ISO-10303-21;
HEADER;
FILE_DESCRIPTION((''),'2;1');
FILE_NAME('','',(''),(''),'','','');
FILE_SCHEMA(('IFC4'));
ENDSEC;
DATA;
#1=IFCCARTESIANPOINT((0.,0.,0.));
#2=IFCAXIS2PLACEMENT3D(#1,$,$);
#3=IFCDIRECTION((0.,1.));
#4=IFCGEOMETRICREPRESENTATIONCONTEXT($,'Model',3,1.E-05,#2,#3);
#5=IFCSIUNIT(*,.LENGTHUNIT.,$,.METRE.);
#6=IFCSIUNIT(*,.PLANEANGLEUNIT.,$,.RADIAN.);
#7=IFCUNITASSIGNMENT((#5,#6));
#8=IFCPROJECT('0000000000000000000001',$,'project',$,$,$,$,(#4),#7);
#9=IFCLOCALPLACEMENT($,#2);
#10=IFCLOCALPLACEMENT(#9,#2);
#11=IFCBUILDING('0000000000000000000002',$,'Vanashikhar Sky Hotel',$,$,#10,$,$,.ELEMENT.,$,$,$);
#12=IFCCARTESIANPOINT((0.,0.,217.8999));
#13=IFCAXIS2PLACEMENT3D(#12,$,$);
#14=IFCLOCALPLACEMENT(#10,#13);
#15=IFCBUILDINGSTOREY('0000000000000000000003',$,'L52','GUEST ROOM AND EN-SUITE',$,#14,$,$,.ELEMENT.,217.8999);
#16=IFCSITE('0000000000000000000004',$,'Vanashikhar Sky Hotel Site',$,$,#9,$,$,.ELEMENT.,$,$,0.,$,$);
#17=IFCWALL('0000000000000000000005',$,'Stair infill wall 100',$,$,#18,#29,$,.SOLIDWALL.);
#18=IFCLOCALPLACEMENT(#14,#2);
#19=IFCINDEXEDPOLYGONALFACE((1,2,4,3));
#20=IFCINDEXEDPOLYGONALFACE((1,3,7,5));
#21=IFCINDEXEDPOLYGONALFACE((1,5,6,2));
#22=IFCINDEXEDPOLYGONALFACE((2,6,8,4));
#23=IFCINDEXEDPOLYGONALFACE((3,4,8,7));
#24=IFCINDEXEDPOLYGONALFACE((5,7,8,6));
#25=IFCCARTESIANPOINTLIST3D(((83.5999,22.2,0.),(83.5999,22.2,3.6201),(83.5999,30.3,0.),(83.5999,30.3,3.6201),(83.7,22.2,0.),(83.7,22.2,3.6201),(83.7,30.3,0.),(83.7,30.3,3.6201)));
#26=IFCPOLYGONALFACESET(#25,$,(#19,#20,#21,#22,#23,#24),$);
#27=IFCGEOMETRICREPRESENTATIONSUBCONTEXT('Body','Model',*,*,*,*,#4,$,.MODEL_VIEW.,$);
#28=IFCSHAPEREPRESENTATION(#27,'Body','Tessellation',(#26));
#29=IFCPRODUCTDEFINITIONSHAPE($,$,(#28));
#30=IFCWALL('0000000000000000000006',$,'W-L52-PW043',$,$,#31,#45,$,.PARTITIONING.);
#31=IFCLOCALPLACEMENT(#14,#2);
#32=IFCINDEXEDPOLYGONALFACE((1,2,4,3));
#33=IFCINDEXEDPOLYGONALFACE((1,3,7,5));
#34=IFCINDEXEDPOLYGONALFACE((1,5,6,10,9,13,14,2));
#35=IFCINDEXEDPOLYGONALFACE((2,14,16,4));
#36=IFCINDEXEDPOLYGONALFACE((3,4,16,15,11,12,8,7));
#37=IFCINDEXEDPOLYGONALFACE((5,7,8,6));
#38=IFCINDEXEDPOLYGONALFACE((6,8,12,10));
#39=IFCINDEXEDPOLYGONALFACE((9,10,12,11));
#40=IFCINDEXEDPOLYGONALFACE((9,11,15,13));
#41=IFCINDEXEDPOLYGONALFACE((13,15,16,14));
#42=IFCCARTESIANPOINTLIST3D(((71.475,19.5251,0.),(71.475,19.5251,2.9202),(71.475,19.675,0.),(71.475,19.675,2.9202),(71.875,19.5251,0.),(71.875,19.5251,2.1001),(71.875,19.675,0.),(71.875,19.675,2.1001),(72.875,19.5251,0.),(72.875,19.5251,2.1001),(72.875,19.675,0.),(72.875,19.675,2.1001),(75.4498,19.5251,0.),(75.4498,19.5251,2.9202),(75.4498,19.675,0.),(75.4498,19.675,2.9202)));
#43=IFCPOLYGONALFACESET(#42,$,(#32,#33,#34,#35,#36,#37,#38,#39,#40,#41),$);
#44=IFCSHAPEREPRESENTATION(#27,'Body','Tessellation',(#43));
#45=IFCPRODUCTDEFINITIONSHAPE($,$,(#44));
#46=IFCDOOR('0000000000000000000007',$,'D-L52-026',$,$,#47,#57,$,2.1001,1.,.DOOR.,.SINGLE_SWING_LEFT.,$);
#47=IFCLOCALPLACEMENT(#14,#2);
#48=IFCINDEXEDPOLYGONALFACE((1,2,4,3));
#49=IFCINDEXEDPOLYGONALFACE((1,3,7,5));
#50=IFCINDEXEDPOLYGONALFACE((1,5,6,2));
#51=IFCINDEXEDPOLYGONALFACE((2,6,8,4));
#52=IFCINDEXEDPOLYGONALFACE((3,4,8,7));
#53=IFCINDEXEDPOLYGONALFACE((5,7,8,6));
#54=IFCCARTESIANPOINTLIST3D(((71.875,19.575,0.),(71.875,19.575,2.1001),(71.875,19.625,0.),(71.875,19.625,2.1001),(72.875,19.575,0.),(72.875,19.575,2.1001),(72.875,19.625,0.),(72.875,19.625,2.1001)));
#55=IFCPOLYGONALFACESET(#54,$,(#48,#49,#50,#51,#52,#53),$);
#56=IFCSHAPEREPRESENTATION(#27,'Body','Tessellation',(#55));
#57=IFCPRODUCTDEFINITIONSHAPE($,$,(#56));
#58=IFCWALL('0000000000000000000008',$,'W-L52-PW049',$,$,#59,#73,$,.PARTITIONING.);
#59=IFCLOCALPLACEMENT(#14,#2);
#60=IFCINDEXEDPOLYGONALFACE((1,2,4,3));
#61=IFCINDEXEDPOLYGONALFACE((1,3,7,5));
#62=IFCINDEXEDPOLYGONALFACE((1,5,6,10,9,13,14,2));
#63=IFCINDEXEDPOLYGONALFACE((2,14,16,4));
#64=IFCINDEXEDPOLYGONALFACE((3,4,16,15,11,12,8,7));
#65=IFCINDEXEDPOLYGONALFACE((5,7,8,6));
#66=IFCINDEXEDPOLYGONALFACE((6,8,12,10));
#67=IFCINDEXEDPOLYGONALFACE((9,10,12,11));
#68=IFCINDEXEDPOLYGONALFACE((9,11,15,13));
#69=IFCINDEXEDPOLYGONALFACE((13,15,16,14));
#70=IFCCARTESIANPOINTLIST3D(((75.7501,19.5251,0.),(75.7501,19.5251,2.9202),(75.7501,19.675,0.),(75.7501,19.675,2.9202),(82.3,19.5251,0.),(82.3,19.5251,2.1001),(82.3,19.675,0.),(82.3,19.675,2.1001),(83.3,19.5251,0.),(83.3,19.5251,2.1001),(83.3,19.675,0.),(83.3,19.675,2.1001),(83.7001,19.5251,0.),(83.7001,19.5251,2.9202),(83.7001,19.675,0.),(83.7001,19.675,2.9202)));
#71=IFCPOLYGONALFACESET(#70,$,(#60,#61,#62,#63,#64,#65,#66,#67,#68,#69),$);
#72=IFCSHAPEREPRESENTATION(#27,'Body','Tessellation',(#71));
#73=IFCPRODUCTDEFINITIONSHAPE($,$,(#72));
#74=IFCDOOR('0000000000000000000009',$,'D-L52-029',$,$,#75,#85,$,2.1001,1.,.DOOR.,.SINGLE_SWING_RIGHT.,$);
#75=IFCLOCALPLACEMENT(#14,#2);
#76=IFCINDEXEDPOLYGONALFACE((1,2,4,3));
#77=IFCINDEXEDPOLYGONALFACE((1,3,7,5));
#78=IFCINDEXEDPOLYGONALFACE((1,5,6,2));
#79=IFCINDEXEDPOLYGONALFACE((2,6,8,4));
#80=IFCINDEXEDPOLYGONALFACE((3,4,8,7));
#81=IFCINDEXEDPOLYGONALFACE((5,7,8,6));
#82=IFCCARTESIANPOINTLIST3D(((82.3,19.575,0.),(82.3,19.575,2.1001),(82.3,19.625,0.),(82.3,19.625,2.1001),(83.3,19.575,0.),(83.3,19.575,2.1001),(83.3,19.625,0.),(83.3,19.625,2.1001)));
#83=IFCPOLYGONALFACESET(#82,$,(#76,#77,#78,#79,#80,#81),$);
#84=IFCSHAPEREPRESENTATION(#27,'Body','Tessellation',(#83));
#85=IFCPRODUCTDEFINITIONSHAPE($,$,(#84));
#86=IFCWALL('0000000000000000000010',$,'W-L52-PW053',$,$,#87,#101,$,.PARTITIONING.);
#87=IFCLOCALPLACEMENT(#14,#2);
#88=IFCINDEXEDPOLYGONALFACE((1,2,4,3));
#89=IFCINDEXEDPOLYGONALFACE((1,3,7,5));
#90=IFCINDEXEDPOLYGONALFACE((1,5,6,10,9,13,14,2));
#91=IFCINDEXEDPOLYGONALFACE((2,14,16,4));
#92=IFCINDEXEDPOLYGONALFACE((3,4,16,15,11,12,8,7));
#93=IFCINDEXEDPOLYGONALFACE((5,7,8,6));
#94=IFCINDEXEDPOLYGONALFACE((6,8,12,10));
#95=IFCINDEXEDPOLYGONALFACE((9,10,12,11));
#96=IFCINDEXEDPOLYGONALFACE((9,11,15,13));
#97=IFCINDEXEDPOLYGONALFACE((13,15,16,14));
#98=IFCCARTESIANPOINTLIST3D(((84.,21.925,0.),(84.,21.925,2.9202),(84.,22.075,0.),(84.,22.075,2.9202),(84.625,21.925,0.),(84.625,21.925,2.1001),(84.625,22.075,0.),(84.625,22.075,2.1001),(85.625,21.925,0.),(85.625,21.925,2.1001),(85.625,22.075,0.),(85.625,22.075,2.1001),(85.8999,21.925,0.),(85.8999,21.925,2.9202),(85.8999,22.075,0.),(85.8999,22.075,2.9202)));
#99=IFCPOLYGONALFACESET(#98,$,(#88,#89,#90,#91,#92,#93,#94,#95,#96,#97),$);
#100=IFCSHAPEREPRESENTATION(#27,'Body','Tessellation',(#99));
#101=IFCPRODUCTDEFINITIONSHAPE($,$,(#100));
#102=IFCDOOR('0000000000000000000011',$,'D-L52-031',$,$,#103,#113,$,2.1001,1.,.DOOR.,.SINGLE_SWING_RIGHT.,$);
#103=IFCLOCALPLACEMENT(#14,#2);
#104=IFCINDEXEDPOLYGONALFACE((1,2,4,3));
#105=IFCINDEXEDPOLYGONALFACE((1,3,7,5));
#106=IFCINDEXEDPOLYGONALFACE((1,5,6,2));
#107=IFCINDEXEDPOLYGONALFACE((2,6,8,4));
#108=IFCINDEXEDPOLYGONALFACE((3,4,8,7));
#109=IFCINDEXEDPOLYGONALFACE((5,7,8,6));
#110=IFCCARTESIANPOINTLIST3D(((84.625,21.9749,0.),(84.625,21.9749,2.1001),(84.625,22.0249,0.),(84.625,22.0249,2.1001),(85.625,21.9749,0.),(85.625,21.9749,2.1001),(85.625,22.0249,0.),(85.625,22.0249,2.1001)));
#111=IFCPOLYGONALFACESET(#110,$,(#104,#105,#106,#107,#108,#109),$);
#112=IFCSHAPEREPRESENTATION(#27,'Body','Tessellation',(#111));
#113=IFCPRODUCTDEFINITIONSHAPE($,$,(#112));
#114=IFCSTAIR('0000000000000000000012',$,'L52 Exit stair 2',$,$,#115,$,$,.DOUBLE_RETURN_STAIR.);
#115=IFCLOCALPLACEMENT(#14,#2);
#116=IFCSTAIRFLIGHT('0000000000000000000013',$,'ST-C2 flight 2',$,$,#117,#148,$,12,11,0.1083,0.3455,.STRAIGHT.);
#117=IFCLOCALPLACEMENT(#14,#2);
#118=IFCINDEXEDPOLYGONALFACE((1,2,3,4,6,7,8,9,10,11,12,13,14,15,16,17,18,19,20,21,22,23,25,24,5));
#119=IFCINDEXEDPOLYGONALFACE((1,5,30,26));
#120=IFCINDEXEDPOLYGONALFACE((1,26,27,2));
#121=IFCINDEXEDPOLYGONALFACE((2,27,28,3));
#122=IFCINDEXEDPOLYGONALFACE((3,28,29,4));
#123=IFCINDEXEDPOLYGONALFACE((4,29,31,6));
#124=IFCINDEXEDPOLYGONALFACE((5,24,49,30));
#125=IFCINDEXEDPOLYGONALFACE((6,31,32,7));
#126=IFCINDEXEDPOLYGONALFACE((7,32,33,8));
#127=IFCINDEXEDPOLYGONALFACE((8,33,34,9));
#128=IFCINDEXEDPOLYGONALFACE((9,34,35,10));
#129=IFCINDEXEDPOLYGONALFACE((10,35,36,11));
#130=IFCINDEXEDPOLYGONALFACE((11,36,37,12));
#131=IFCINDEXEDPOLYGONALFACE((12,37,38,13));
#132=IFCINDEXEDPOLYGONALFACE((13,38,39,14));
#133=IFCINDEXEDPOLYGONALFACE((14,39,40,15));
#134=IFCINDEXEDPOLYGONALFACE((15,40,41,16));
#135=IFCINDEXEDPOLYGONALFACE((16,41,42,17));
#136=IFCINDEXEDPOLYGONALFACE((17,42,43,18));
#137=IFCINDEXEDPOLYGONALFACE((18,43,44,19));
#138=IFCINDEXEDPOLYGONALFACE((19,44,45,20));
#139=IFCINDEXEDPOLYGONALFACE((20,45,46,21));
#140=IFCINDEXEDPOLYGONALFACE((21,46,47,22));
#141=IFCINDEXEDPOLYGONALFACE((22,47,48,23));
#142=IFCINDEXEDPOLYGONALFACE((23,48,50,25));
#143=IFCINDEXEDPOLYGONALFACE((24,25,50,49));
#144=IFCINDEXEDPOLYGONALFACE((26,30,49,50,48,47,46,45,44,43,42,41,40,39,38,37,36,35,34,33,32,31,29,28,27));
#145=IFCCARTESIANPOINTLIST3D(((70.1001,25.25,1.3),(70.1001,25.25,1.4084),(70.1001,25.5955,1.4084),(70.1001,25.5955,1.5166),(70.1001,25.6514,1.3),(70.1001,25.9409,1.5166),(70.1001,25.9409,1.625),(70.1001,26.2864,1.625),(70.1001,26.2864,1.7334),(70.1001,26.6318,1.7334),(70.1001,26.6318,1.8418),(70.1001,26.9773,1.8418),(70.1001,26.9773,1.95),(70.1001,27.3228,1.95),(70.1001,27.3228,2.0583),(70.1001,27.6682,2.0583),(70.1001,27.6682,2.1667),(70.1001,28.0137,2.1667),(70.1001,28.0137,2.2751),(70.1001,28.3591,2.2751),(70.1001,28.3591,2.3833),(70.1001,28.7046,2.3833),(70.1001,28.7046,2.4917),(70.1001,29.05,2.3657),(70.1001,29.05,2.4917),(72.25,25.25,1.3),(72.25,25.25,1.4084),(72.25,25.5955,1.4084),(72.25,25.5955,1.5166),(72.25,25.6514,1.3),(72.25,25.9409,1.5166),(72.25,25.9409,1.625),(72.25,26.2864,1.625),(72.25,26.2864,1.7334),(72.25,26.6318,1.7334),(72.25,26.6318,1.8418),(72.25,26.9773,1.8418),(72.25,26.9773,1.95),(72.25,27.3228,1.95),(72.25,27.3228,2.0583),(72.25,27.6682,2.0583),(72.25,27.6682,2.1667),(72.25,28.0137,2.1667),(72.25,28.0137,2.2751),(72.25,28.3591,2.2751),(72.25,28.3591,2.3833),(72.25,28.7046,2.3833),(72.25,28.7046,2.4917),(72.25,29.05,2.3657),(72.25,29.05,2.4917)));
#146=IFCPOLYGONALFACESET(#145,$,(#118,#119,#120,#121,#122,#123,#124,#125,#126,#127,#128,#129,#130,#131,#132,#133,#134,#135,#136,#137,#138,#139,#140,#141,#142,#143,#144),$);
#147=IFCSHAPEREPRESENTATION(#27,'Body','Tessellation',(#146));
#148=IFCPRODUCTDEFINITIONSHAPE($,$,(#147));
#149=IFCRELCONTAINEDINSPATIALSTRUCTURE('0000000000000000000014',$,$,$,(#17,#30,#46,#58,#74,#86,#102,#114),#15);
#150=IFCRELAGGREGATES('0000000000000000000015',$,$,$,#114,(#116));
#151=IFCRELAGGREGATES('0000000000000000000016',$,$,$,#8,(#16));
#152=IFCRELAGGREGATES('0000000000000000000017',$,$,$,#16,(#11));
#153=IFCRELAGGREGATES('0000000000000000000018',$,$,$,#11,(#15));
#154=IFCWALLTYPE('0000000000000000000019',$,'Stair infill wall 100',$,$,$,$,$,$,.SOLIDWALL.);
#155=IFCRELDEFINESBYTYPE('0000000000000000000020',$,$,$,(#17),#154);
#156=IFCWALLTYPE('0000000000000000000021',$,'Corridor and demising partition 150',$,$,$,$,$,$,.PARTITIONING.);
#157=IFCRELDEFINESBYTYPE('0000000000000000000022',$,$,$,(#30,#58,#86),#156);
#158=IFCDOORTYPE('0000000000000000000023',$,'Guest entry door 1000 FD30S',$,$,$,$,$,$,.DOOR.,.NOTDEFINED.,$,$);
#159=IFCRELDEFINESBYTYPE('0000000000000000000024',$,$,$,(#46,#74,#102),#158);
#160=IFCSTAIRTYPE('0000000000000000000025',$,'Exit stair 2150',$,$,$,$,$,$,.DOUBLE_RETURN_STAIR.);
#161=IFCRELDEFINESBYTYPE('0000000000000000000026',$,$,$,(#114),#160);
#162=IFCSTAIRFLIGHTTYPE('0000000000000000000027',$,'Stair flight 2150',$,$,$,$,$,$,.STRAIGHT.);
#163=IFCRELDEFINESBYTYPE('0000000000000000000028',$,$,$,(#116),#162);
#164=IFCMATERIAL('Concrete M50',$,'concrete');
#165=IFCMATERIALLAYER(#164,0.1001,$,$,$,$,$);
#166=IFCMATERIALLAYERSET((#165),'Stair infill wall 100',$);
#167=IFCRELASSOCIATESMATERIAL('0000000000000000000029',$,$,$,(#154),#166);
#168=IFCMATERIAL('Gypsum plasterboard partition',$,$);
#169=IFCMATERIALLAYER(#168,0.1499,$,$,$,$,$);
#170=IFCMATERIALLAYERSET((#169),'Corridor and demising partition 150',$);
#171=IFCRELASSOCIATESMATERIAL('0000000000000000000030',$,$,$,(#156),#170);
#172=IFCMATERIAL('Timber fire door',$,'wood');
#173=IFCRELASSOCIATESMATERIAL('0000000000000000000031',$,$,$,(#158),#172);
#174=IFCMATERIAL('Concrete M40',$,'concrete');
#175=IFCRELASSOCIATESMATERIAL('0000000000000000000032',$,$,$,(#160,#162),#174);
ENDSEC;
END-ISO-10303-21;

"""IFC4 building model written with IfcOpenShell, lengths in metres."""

from ifc_helpers import new_model, si_unit, direction, frame, frame_2d, origin, place, context, subcontext, project, spatial, polyline, rectangle, outline, extrude, source, transform, mapped, material, layer, layer_set, type_object, element, fill, aggregate, save


model = new_model("IFC4")

# Units and contexts
model_context = context("Model", 3, precision=1e-05, world=origin(), true_north=direction((0.0, 1.0)))
body_context = subcontext(model_context, "Body", "Model", "MODEL_VIEW")
ifc_project = project(units=[si_unit("LENGTHUNIT", "METRE"), si_unit("PLANEANGLEUNIT", "RADIAN")], contexts=[model_context])

# Site, building, storey
site_placement = place(None, origin())
site = spatial("IfcSite", under=ifc_project, at=site_placement, Name="Vanashikhar Sky Hotel Site", CompositionType="ELEMENT", RefElevation=0.0)
building_placement = place(site_placement, origin())
building = spatial("IfcBuilding", under=site, at=building_placement, Name="Vanashikhar Sky Hotel", CompositionType="ELEMENT")
storey_placement = place(building_placement, frame((0.0, 0.0, 217.8999)))
storey = spatial("IfcBuildingStorey", under=building, at=storey_placement, Name="L52", Description="GUEST ROOM AND EN-SUITE", CompositionType="ELEMENT", Elevation=217.8999)

# Shared definitions
ifc_material_1 = material(Name="Concrete M50", Category="concrete")

# Wall
ifc_layer_1 = layer(ifc_material_1, 0.1001)
ifc_layer_set_1 = layer_set([ifc_layer_1], Name="Stair infill wall 100")
wall_type_1 = type_object("IfcWallType", Name="Stair infill wall 100", PredefinedType="SOLIDWALL", material=ifc_layer_set_1)
shared_shape_1 = source(origin(), body_context, "Body", "SweptSolid", [
    extrude(rectangle(XDim=8.1001, YDim=0.1001, at=frame_2d((4.05, 0.0))), origin(), (0.0, 0.0, 1.0), 3.6201),
])
wall_1_placement = place(storey_placement, frame((83.6499, 22.2, 0.0), z_axis=(0.0, 0.0, 1.0), x_axis=(0.0, 1.0, 0.0)))
element("IfcWall", 1, at=wall_1_placement, inside=storey, type_object=wall_type_1, Name="Stair infill wall 100", PredefinedType="SOLIDWALL", context=body_context, shape_type="MappedRepresentation", body=[
    mapped(shared_shape_1, transform((0.0, 0.0, 0.0), scale=1.0)),
])

# Walls, openings, doors
ifc_material_2 = material(Name="Gypsum plasterboard partition")
ifc_layer_2 = layer(ifc_material_2, 0.1499)
ifc_layer_set_2 = layer_set([ifc_layer_2], Name="Corridor and demising partition 150")
wall_type_2 = type_object("IfcWallType", Name="Corridor and demising partition 150", PredefinedType="PARTITIONING", material=ifc_layer_set_2)
shared_shape_2 = source(origin(), body_context, "Body", "SweptSolid", [
    extrude(rectangle(XDim=3.9749, YDim=0.1499, at=frame_2d((1.9873, 0.0))), origin(), (0.0, 0.0, 1.0), 2.9202),
])
wall_2_placement = place(storey_placement, frame((71.4751, 19.6001, 0.0), z_axis=(0.0, 0.0, 1.0), x_axis=(1.0, 0.0, 0.0)))
wall_2 = element("IfcWall", 2, at=wall_2_placement, inside=storey, type_object=wall_type_2, Name="W-L52-PW043", PredefinedType="PARTITIONING", context=body_context, shape_type="MappedRepresentation", body=[
    mapped(shared_shape_2, transform((0.0, 0.0, 0.0), scale=1.0)),
])
shared_shape_3 = source(origin(), body_context, "Body", "SweptSolid", [
    extrude(rectangle(XDim=1.0, YDim=2.1001, at=frame_2d((0.5, 1.05))), frame((0.0, 0.085, 0.0), z_axis=(0.0, -1.0, 0.0), x_axis=(1.0, 0.0, 0.0)), (0.0, 0.0, 1.0), 0.1699),
])
opening_1_placement = place(wall_2_placement, frame((0.3999, 0.0, 0.0)))
opening_1 = element("IfcOpeningElement", 3, at=opening_1_placement, cuts=wall_2, PredefinedType="OPENING", context=body_context, shape_type="MappedRepresentation", body=[
    mapped(shared_shape_3, transform((0.0, 0.0, 0.0), scale=1.0)),
])
ifc_material_3 = material(Name="Timber fire door", Category="wood")
door_type_1 = type_object("IfcDoorType", Name="Guest entry door 1000 FD30S", OperationType="NOTDEFINED", PredefinedType="DOOR", material=ifc_material_3)
shared_shape_4 = source(origin(), body_context, "Body", "SweptSolid", [
    extrude(rectangle(XDim=1.0, YDim=2.1001, at=frame_2d((0.5, 1.05))), frame((0.0, 0.0249, 0.0), z_axis=(0.0, -1.0, 0.0), x_axis=(1.0, 0.0, 0.0)), (0.0, 0.0, 1.0), 0.05),
])
door_1_placement = place(opening_1_placement, origin())
door_1 = element("IfcDoor", 4, at=door_1_placement, inside=storey, type_object=door_type_1, Name="D-L52-026", OperationType="SINGLE_SWING_LEFT", OverallHeight=2.1001, OverallWidth=1.0, PredefinedType="DOOR", context=body_context, shape_type="MappedRepresentation", body=[
    mapped(shared_shape_4, transform((0.0, 0.0, 0.0), scale=1.0)),
])
fill(opening_1, door_1)
shared_shape_5 = source(origin(), body_context, "Body", "SweptSolid", [
    extrude(rectangle(XDim=7.95, YDim=0.1499, at=frame_2d((3.9751, 0.0))), origin(), (0.0, 0.0, 1.0), 2.9202),
])
wall_3_placement = place(storey_placement, frame((75.75, 19.6001, 0.0), z_axis=(0.0, 0.0, 1.0), x_axis=(1.0, 0.0, 0.0)))
wall_3 = element("IfcWall", 5, at=wall_3_placement, inside=storey, type_object=wall_type_2, Name="W-L52-PW049", PredefinedType="PARTITIONING", context=body_context, shape_type="MappedRepresentation", body=[
    mapped(shared_shape_5, transform((0.0, 0.0, 0.0), scale=1.0)),
])
opening_2_placement = place(wall_3_placement, frame((6.55, 0.0, 0.0)))
opening_2 = element("IfcOpeningElement", 6, at=opening_2_placement, cuts=wall_3, PredefinedType="OPENING", context=body_context, shape_type="MappedRepresentation", body=[
    mapped(shared_shape_3, transform((0.0, 0.0, 0.0), scale=1.0)),
])
door_2_placement = place(opening_2_placement, origin())
door_2 = element("IfcDoor", 7, at=door_2_placement, inside=storey, type_object=door_type_1, Name="D-L52-029", OperationType="SINGLE_SWING_RIGHT", OverallHeight=2.1001, OverallWidth=1.0, PredefinedType="DOOR", context=body_context, shape_type="MappedRepresentation", body=[
    mapped(shared_shape_4, transform((0.0, 0.0, 0.0), scale=1.0)),
])
fill(opening_2, door_2)
shared_shape_6 = source(origin(), body_context, "Body", "SweptSolid", [
    extrude(rectangle(XDim=1.8999, YDim=0.1499, at=frame_2d((0.95, 0.0))), origin(), (0.0, 0.0, 1.0), 2.9202),
])
wall_4_placement = place(storey_placement, frame((84.0, 22.0, 0.0), z_axis=(0.0, 0.0, 1.0), x_axis=(1.0, 0.0, 0.0)))
wall_4 = element("IfcWall", 8, at=wall_4_placement, inside=storey, type_object=wall_type_2, Name="W-L52-PW053", PredefinedType="PARTITIONING", context=body_context, shape_type="MappedRepresentation", body=[
    mapped(shared_shape_6, transform((0.0, 0.0, 0.0), scale=1.0)),
])
opening_3_placement = place(wall_4_placement, frame((0.625, 0.0, 0.0)))
opening_3 = element("IfcOpeningElement", 9, at=opening_3_placement, cuts=wall_4, PredefinedType="OPENING", context=body_context, shape_type="MappedRepresentation", body=[
    mapped(shared_shape_3, transform((0.0, 0.0, 0.0), scale=1.0)),
])
door_3_placement = place(opening_3_placement, origin())
door_3 = element("IfcDoor", 10, at=door_3_placement, inside=storey, type_object=door_type_1, Name="D-L52-031", OperationType="SINGLE_SWING_RIGHT", OverallHeight=2.1001, OverallWidth=1.0, PredefinedType="DOOR", context=body_context, shape_type="MappedRepresentation", body=[
    mapped(shared_shape_4, transform((0.0, 0.0, 0.0), scale=1.0)),
])
fill(opening_3, door_3)

# Stair, stair flight
ifc_material_4 = material(Name="Concrete M40", Category="concrete")
stair_type = type_object("IfcStairType", Name="Exit stair 2150", PredefinedType="DOUBLE_RETURN_STAIR", material=ifc_material_4)
stair_1_placement = place(storey_placement, origin())
stair_1 = element("IfcStair", 11, at=stair_1_placement, inside=storey, type_object=stair_type, Name="L52 Exit stair 2", PredefinedType="DOUBLE_RETURN_STAIR")
stair_flight_type = type_object("IfcStairFlightType", Name="Stair flight 2150", PredefinedType="STRAIGHT", material=ifc_material_4)
shared_shape_7 = source(origin(), body_context, "Body", "SweptSolid", [
    extrude(outline(polyline([(0.0, 0.0), (0.0, 0.1084), (0.3455, 0.1084), (0.3455, 0.2166), (0.6909, 0.2166), (0.6909, 0.325), (1.0364, 0.325), (1.0364, 0.4333), (1.3818, 0.4333), (1.3818, 0.5417), (1.7273, 0.5417), (1.7273, 0.6499), (2.0728, 0.6499), (2.0728, 0.7583), (2.4182, 0.7583), (2.4182, 0.8667), (2.7637, 0.8667), (2.7637, 0.9751), (3.1091, 0.9751), (3.1091, 1.0833), (3.4546, 1.0833), (3.4546, 1.1917), (3.8, 1.1917), (3.8, 1.3), (3.8, 1.0657), (0.4014, 0.0), (0.0, 0.0)])), frame((0.0, 1.075, 0.0), z_axis=(0.0, -1.0, 0.0), x_axis=(1.0, 0.0, 0.0)), (0.0, 0.0, 1.0), 2.1499),
])
stair_flight_1_placement = place(storey_placement, frame((71.175, 25.25, 1.3), z_axis=(0.0, 0.0, 1.0), x_axis=(0.0, 1.0, 0.0)))
stair_flight_1 = element("IfcStairFlight", 12, at=stair_flight_1_placement, type_object=stair_flight_type, Name="ST-C2 flight 2", NumberOfRisers=12, NumberOfTreads=11, PredefinedType="STRAIGHT", RiserHeight=0.1083, TreadLength=0.3455, context=body_context, shape_type="MappedRepresentation", body=[
    mapped(shared_shape_7, transform((0.0, 0.0, 0.0), scale=1.0)),
])
aggregate(stair_1, [stair_flight_1])

save(model, "model.ifc")
